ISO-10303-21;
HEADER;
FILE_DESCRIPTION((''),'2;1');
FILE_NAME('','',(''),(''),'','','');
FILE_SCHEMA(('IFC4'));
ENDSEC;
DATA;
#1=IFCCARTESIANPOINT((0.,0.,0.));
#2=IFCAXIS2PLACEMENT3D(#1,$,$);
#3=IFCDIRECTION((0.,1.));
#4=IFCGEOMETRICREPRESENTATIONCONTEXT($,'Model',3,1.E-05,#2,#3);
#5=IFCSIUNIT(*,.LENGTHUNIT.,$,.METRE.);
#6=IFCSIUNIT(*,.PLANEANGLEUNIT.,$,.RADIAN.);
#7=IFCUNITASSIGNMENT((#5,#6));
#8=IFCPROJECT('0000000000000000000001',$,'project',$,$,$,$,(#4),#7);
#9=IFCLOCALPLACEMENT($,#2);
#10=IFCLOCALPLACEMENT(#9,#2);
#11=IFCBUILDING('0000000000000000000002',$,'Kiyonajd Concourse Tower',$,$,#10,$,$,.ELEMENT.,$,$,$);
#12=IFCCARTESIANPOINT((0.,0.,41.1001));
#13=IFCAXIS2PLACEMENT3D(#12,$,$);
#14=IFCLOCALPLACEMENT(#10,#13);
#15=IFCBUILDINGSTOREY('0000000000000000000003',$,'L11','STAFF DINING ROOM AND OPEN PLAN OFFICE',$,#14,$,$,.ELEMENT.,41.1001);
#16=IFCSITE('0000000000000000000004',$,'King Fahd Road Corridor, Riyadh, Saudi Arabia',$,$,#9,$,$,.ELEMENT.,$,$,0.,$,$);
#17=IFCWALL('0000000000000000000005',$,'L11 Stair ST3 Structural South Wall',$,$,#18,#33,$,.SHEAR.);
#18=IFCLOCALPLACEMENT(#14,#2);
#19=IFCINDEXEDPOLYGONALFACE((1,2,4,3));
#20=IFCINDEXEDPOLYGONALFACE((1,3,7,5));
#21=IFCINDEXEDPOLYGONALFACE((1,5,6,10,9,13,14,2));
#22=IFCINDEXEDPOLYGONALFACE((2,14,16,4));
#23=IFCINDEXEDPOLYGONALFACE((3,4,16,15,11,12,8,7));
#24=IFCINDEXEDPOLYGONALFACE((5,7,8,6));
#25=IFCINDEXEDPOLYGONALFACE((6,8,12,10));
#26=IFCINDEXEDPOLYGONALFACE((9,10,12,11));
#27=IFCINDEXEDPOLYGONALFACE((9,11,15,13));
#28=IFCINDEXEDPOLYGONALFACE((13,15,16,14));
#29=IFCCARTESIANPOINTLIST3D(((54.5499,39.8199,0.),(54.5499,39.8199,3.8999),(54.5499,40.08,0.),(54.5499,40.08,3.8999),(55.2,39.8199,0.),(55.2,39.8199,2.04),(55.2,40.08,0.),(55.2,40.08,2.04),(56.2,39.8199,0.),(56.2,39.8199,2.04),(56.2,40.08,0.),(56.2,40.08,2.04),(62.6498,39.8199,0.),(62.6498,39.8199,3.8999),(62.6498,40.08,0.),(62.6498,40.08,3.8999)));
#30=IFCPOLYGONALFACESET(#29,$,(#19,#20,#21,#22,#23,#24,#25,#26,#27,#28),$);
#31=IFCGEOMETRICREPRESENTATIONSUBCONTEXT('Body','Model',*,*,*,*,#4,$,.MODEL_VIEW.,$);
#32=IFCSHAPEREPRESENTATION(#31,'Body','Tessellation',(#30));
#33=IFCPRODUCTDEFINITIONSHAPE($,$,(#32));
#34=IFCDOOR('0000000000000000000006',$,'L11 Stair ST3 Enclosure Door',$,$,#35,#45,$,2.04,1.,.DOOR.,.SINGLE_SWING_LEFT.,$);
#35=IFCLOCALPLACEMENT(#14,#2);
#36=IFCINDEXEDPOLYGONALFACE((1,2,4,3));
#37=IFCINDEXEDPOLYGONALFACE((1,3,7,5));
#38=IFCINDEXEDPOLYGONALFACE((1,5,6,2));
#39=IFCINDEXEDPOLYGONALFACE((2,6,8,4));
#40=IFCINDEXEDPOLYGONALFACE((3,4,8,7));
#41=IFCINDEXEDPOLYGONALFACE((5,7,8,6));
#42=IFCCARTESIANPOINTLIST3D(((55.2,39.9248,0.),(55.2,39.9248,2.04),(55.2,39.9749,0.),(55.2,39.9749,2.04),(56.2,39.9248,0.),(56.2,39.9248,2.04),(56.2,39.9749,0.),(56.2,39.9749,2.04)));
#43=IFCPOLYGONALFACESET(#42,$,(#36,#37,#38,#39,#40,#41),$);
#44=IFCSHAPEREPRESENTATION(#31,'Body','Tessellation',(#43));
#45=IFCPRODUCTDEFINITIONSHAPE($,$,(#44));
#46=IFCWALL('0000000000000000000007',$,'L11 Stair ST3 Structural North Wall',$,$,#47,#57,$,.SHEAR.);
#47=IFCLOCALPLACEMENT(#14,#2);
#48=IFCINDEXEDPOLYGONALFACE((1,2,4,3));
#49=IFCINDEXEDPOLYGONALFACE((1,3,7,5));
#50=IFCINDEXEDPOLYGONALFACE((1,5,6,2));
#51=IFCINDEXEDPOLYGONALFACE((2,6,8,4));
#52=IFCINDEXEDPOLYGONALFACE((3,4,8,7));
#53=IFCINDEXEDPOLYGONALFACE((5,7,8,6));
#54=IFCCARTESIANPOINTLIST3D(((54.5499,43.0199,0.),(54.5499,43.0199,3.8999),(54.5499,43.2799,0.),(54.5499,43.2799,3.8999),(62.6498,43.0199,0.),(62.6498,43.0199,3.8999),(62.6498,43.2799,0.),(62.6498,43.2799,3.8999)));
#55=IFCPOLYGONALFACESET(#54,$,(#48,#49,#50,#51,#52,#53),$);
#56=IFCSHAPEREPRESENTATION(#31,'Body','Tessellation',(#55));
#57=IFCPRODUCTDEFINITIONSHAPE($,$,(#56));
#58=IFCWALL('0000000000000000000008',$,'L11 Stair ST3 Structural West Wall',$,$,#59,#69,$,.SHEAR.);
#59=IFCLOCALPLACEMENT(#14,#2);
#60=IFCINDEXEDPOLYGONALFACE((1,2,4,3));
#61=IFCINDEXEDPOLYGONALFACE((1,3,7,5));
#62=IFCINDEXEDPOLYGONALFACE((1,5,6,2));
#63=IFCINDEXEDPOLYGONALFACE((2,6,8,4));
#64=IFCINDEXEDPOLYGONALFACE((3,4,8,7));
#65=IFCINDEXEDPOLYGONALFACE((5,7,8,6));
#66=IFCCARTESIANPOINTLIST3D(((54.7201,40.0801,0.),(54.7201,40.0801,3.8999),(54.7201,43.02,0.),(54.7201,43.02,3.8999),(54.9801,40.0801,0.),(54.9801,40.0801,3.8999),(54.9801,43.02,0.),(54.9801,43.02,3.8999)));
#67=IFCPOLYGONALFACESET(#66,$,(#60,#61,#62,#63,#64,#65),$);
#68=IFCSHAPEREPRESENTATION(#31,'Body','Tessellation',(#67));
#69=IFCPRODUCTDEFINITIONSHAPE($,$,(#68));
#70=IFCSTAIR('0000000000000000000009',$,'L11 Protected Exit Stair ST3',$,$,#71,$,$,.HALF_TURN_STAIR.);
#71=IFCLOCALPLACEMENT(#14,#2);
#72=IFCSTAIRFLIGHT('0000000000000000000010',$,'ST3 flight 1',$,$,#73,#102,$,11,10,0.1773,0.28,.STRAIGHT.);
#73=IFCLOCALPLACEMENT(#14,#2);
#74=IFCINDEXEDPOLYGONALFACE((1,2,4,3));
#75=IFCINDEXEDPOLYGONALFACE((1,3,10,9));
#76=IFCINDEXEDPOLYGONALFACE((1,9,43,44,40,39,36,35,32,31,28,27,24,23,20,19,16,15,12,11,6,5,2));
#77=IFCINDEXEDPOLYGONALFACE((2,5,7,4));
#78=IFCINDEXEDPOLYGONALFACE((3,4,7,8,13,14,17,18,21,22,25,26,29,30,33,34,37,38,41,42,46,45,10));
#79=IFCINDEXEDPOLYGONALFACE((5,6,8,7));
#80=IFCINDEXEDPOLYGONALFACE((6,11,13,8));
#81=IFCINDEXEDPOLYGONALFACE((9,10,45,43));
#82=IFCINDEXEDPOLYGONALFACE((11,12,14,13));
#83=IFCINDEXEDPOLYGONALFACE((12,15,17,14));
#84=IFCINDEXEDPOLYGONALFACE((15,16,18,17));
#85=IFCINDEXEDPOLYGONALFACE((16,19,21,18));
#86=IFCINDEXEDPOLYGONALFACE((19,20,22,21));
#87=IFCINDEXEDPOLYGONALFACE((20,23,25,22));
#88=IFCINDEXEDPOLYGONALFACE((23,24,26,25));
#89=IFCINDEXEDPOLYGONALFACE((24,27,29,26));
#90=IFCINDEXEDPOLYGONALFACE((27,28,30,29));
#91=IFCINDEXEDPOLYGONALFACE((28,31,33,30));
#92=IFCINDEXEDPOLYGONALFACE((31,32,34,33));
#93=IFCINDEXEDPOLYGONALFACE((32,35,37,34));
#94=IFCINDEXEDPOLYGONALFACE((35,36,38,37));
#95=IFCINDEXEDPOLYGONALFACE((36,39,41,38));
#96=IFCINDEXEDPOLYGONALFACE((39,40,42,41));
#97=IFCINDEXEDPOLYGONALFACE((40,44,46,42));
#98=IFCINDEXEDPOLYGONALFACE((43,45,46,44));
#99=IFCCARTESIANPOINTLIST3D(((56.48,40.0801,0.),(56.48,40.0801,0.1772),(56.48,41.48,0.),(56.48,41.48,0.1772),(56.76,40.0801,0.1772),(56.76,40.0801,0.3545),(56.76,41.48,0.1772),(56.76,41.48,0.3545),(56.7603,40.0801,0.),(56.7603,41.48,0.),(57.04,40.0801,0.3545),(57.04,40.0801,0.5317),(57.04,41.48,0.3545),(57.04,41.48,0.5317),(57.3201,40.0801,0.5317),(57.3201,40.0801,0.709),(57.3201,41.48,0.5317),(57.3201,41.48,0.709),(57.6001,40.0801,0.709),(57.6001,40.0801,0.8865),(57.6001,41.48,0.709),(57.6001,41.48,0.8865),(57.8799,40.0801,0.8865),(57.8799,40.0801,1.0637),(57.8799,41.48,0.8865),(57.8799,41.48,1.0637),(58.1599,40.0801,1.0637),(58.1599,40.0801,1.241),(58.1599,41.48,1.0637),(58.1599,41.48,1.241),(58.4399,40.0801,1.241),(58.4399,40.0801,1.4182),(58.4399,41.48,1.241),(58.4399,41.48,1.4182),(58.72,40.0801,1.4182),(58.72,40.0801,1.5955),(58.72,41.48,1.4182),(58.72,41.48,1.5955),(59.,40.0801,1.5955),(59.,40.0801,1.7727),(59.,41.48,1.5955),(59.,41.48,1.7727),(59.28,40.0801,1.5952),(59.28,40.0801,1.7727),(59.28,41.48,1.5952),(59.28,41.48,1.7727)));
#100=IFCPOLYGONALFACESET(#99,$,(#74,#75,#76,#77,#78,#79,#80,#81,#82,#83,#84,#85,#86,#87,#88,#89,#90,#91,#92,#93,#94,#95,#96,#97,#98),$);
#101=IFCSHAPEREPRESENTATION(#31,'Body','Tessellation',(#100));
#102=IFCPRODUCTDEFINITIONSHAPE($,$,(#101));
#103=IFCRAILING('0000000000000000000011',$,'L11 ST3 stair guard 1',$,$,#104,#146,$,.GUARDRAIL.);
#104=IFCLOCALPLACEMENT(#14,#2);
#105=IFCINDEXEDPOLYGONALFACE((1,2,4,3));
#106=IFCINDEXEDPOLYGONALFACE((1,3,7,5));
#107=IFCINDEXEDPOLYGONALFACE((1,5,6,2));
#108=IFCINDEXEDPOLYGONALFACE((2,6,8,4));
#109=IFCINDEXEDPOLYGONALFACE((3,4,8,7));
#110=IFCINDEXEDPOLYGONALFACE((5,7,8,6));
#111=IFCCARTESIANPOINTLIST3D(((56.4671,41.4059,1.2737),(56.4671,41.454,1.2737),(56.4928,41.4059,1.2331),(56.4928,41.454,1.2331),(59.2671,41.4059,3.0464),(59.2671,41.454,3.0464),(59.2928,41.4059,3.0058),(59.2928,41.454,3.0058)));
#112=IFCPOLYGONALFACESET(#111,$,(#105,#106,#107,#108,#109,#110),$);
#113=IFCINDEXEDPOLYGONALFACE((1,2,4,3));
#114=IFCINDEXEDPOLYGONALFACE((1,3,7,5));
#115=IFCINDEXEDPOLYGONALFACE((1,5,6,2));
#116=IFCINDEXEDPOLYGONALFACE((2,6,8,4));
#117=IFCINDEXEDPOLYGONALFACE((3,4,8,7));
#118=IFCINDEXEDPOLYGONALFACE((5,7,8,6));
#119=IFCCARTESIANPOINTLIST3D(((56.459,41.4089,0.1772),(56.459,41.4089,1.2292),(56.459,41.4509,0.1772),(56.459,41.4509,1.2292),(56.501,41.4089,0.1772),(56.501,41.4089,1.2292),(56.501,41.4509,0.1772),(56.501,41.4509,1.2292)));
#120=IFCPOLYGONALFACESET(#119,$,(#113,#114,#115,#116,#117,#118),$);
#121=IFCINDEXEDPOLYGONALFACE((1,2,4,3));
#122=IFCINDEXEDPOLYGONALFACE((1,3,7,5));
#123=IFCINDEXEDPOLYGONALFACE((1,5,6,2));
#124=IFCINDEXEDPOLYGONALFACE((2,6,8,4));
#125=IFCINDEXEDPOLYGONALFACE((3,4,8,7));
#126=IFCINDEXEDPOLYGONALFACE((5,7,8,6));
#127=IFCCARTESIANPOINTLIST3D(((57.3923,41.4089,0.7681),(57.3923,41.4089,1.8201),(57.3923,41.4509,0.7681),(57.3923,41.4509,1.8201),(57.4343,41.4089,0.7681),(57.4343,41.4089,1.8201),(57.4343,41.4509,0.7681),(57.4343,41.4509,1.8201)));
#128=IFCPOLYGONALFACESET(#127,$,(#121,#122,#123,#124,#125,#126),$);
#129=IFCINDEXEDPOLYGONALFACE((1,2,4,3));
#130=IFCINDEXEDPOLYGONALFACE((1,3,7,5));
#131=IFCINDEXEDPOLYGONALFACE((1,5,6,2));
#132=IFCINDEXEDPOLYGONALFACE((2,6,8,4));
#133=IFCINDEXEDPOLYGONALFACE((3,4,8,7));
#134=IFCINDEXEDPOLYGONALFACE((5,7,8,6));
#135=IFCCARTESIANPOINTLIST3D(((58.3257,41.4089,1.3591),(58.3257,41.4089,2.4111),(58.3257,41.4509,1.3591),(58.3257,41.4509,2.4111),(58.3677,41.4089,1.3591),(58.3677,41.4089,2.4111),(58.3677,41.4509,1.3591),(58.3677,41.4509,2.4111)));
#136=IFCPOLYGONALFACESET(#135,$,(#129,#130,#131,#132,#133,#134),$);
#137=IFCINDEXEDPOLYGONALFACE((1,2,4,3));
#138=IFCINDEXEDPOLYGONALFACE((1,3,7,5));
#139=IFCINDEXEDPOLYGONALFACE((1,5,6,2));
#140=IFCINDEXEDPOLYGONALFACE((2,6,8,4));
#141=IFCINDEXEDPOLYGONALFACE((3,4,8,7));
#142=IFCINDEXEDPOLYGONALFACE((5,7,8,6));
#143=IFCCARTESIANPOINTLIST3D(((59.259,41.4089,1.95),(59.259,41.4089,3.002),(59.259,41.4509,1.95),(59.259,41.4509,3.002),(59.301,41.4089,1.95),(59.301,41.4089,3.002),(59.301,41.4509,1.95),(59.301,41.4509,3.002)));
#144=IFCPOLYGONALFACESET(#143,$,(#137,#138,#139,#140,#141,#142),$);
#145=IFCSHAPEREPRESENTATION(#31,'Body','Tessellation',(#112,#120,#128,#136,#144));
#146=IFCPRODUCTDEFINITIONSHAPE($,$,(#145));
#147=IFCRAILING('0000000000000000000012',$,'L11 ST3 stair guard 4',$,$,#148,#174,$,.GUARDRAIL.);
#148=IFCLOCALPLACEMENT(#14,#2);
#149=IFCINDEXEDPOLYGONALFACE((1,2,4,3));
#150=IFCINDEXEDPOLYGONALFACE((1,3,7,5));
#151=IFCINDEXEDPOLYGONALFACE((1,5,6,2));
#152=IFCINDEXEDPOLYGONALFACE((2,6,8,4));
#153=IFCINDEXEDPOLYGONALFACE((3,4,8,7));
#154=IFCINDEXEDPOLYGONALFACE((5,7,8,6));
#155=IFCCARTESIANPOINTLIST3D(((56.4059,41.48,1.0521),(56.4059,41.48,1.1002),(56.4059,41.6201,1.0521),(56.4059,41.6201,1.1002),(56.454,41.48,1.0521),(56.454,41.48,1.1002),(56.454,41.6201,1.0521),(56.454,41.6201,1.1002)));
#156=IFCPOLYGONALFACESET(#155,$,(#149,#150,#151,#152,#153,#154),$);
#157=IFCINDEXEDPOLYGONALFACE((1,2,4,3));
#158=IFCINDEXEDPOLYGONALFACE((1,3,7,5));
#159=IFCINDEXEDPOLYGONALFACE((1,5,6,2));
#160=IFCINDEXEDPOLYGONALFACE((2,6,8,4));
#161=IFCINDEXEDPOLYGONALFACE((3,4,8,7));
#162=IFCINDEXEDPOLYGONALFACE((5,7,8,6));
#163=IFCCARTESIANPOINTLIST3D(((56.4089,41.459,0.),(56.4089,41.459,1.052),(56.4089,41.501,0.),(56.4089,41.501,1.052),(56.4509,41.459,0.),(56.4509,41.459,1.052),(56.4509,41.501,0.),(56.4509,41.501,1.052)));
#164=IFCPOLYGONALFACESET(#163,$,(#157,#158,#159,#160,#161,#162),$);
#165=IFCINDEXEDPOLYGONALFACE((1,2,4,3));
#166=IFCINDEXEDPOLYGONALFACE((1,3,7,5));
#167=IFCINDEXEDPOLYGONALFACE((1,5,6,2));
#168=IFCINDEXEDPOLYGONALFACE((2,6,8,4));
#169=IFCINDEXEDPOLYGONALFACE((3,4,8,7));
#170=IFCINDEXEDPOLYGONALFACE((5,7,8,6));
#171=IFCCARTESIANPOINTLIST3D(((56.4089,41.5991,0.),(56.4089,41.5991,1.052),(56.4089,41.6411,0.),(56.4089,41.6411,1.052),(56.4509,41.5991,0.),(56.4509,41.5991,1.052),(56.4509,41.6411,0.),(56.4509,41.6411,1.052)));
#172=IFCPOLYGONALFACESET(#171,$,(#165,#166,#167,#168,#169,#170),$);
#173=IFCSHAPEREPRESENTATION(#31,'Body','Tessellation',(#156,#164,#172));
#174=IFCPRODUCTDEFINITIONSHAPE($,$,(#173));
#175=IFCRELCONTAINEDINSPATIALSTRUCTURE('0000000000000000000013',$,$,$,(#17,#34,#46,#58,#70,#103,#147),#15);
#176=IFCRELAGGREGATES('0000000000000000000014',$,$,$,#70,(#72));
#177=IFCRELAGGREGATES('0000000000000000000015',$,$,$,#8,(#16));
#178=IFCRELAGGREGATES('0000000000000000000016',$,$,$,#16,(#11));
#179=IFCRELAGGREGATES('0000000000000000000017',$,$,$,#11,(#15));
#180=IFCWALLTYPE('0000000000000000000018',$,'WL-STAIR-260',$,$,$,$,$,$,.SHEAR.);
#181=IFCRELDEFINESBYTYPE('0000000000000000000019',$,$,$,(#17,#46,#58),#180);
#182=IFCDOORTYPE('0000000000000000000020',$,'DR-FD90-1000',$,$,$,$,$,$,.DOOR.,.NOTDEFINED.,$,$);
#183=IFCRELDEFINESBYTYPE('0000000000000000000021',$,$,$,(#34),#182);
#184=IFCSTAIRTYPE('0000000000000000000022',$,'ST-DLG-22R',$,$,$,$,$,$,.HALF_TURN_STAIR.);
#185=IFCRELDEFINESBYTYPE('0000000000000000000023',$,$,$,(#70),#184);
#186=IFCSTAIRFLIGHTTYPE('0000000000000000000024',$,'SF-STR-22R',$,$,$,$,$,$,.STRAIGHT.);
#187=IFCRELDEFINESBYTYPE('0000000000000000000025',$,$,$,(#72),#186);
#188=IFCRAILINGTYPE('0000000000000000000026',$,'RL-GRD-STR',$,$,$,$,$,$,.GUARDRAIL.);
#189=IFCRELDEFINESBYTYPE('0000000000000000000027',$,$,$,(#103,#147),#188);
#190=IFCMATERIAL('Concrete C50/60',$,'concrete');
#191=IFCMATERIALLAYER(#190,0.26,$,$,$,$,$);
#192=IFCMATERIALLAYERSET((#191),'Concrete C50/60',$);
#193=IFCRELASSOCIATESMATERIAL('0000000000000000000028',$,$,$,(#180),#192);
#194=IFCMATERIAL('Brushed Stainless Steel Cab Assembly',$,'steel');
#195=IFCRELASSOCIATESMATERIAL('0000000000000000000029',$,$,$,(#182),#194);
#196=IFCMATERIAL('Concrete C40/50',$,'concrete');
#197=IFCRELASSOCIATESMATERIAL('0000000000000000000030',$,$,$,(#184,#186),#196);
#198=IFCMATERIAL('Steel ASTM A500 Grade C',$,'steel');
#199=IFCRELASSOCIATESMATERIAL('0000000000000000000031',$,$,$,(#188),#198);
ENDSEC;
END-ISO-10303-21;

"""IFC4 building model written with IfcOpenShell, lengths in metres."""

from ifc_helpers import new_model, si_unit, direction, frame, frame_2d, origin, origin_2d, place, context, subcontext, project, spatial, polyline, rectangle, outline, extrude, material, layer, layer_set, type_object, element, fill, aggregate, save


model = new_model("IFC4")

# Units and contexts
model_context = context("Model", 3, precision=1e-05, world=origin(), true_north=direction((0.0, 1.0)))
body_context = subcontext(model_context, "Body", "Model", "MODEL_VIEW")
ifc_project = project(units=[si_unit("LENGTHUNIT", "METRE"), si_unit("PLANEANGLEUNIT", "RADIAN")], contexts=[model_context])

# Site, building, storey
site_placement = place(None, origin())
site = spatial("IfcSite", under=ifc_project, at=site_placement, Name="King Fahd Road Corridor, Riyadh, Saudi Arabia", CompositionType="ELEMENT", RefElevation=0.0)
building_placement = place(site_placement, origin())
building = spatial("IfcBuilding", under=site, at=building_placement, Name="Kiyonajd Concourse Tower", CompositionType="ELEMENT")
storey_placement = place(building_placement, frame((0.0, 0.0, 41.1001)))
storey = spatial("IfcBuildingStorey", under=building, at=storey_placement, Name="L11", Description="STAFF DINING ROOM AND OPEN PLAN OFFICE", CompositionType="ELEMENT", Elevation=41.1001)

# Shared definitions
ifc_material_1 = material(Name="Concrete C50/60", Category="concrete")

# Shared definitions
ifc_layer_1 = layer(ifc_material_1, 0.26)
ifc_layer_set_1 = layer_set([ifc_layer_1], Name="Concrete C50/60")
wall_type_1 = type_object("IfcWallType", Name="WL-STAIR-260", PredefinedType="SHEAR", material=ifc_layer_set_1)

# Wall, opening, door
wall_1_placement = place(storey_placement, frame((54.55, 39.95, 0.0), z_axis=(0.0, 0.0, 1.0), x_axis=(1.0, 0.0, 0.0)))
wall_1 = element("IfcWall", 1, at=wall_1_placement, inside=storey, type_object=wall_type_1, Name="L11 Stair ST3 Structural South Wall", PredefinedType="SHEAR", context=body_context, shape_type="SweptSolid", body=[
    extrude(rectangle(XDim=8.0999, YDim=0.26, at=frame_2d((4.0498, 0.0))), origin(), (0.0, 0.0, 1.0), 3.8999),
])
opening_1_placement = place(wall_1_placement, frame((0.6499, 0.0, 0.0)))
opening_1 = element("IfcOpeningElement", 2, at=opening_1_placement, cuts=wall_1, PredefinedType="OPENING", context=body_context, shape_type="SweptSolid", body=[
    extrude(rectangle(XDim=1.0, YDim=2.04, at=frame_2d((0.5, 1.02))), frame((0.0, 0.1399, 0.0), z_axis=(0.0, -1.0, 0.0), x_axis=(1.0, 0.0, 0.0)), (0.0, 0.0, 1.0), 0.28),
])
ifc_material_2 = material(Name="Brushed Stainless Steel Cab Assembly", Category="steel")
door_type_1 = type_object("IfcDoorType", Name="DR-FD90-1000", OperationType="NOTDEFINED", PredefinedType="DOOR", material=ifc_material_2)
door_1_placement = place(opening_1_placement, origin())
door_1 = element("IfcDoor", 3, at=door_1_placement, inside=storey, type_object=door_type_1, Name="L11 Stair ST3 Enclosure Door", OperationType="SINGLE_SWING_LEFT", OverallHeight=2.04, OverallWidth=1.0, PredefinedType="DOOR", context=body_context, shape_type="SweptSolid", body=[
    extrude(rectangle(XDim=1.0, YDim=2.04, at=frame_2d((0.5, 1.02))), frame((0.0, 0.0249, 0.0), z_axis=(0.0, -1.0, 0.0), x_axis=(1.0, 0.0, 0.0)), (0.0, 0.0, 1.0), 0.05),
])
fill(opening_1, door_1)

# Walls
wall_2_placement = place(storey_placement, frame((54.55, 43.1499, 0.0), z_axis=(0.0, 0.0, 1.0), x_axis=(1.0, 0.0, 0.0)))
element("IfcWall", 4, at=wall_2_placement, inside=storey, type_object=wall_type_1, Name="L11 Stair ST3 Structural North Wall", PredefinedType="SHEAR", context=body_context, shape_type="SweptSolid", body=[
    extrude(rectangle(XDim=8.0999, YDim=0.26, at=frame_2d((4.0498, 0.0))), origin(), (0.0, 0.0, 1.0), 3.8999),
])
wall_3_placement = place(storey_placement, frame((54.8501, 40.0801, 0.0), z_axis=(0.0, 0.0, 1.0), x_axis=(0.0, 1.0, 0.0)))
element("IfcWall", 5, at=wall_3_placement, inside=storey, type_object=wall_type_1, Name="L11 Stair ST3 Structural West Wall", PredefinedType="SHEAR", context=body_context, shape_type="SweptSolid", body=[
    extrude(rectangle(XDim=2.9399, YDim=0.26, at=frame_2d((1.47, 0.0))), origin(), (0.0, 0.0, 1.0), 3.8999),
])

# Stair, stair flight
ifc_material_3 = material(Name="Concrete C40/50", Category="concrete")
stair_type = type_object("IfcStairType", Name="ST-DLG-22R", PredefinedType="HALF_TURN_STAIR", material=ifc_material_3)
stair_placement = place(storey_placement, origin())
stair = element("IfcStair", 6, at=stair_placement, inside=storey, type_object=stair_type, Name="L11 Protected Exit Stair ST3", PredefinedType="HALF_TURN_STAIR")
stair_flight_type = type_object("IfcStairFlightType", Name="SF-STR-22R", PredefinedType="STRAIGHT", material=ifc_material_3)
stair_flight_placement = place(storey_placement, frame((56.48, 40.78, 0.0), z_axis=(0.0, 0.0, 1.0), x_axis=(1.0, 0.0, 0.0)))
stair_flight = element("IfcStairFlight", 7, at=stair_flight_placement, type_object=stair_flight_type, Name="ST3 flight 1", NumberOfRisers=11, NumberOfTreads=10, PredefinedType="STRAIGHT", RiserHeight=0.1773, TreadLength=0.28, context=body_context, shape_type="SweptSolid", body=[
    extrude(outline(polyline([(0.0, 0.0), (0.0, 0.1772), (0.28, 0.1772), (0.28, 0.3545), (0.5601, 0.3545), (0.5601, 0.5317), (0.8401, 0.5317), (0.8401, 0.709), (1.1201, 0.709), (1.1201, 0.8865), (1.3999, 0.8865), (1.3999, 1.0637), (1.6799, 1.0637), (1.6799, 1.241), (1.96, 1.241), (1.96, 1.4182), (2.24, 1.4182), (2.24, 1.5955), (2.52, 1.5955), (2.52, 1.7727), (2.8, 1.7727), (2.8, 1.95), (2.8, 1.5952), (0.2803, 0.0), (0.0, 0.0)])), frame((0.0, 0.7, 0.0), z_axis=(0.0, -1.0, 0.0), x_axis=(1.0, 0.0, 0.0)), (0.0, 0.0, 1.0), 1.3999),
])
aggregate(stair, [stair_flight])

# Railings
ifc_material_4 = material(Name="Steel ASTM A500 Grade C", Category="steel")
railing_type_1 = type_object("IfcRailingType", Name="RL-GRD-STR", PredefinedType="GUARDRAIL", material=ifc_material_4)
railing_1_placement = place(storey_placement, frame((56.48, 41.4299, 0.1772)))
element("IfcRailing", 8, at=railing_1_placement, inside=storey, type_object=railing_type_1, Name="L11 ST3 stair guard 1", PredefinedType="GUARDRAIL", context=body_context, shape_type="SweptSolid", body=[
    extrude(rectangle(XDim=0.0481, YDim=0.0481, at=origin_2d()), frame((0.0, 0.0, 1.0762), z_axis=(0.844909, 0.0, 0.53491), x_axis=(0.0, 1.0, 0.0)), (0.0, 0.0, 1.0), 3.314),
    extrude(rectangle(XDim=0.042, YDim=0.042, at=origin_2d()), origin(), (0.0, 0.0, 1.0), 1.052),
    extrude(rectangle(XDim=0.042, YDim=0.042, at=origin_2d()), frame((0.9333, 0.0, 0.5908)), (0.0, 0.0, 1.0), 1.052),
    extrude(rectangle(XDim=0.042, YDim=0.042, at=origin_2d()), frame((1.8667, 0.0, 1.1819)), (0.0, 0.0, 1.0), 1.052),
    extrude(rectangle(XDim=0.042, YDim=0.042, at=origin_2d()), frame((2.8, 0.0, 1.7727)), (0.0, 0.0, 1.0), 1.052),
])
railing_2_placement = place(storey_placement, frame((56.4299, 41.48, 0.0)))
element("IfcRailing", 9, at=railing_2_placement, inside=storey, type_object=railing_type_1, Name="L11 ST3 stair guard 4", PredefinedType="GUARDRAIL", context=body_context, shape_type="SweptSolid", body=[
    extrude(rectangle(XDim=0.0481, YDim=0.0481, at=origin_2d()), frame((0.0, 0.0, 1.0762), z_axis=(0.0, 1.0, 0.0), x_axis=(-1.0, 0.0, 0.0)), (0.0, 0.0, 1.0), 0.1401),
    extrude(rectangle(XDim=0.042, YDim=0.042, at=origin_2d()), origin(), (0.0, 0.0, 1.0), 1.052),
    extrude(rectangle(XDim=0.042, YDim=0.042, at=origin_2d()), frame((0.0, 0.1401, 0.0)), (0.0, 0.0, 1.0), 1.052),
])

save(model, "model.ifc")
